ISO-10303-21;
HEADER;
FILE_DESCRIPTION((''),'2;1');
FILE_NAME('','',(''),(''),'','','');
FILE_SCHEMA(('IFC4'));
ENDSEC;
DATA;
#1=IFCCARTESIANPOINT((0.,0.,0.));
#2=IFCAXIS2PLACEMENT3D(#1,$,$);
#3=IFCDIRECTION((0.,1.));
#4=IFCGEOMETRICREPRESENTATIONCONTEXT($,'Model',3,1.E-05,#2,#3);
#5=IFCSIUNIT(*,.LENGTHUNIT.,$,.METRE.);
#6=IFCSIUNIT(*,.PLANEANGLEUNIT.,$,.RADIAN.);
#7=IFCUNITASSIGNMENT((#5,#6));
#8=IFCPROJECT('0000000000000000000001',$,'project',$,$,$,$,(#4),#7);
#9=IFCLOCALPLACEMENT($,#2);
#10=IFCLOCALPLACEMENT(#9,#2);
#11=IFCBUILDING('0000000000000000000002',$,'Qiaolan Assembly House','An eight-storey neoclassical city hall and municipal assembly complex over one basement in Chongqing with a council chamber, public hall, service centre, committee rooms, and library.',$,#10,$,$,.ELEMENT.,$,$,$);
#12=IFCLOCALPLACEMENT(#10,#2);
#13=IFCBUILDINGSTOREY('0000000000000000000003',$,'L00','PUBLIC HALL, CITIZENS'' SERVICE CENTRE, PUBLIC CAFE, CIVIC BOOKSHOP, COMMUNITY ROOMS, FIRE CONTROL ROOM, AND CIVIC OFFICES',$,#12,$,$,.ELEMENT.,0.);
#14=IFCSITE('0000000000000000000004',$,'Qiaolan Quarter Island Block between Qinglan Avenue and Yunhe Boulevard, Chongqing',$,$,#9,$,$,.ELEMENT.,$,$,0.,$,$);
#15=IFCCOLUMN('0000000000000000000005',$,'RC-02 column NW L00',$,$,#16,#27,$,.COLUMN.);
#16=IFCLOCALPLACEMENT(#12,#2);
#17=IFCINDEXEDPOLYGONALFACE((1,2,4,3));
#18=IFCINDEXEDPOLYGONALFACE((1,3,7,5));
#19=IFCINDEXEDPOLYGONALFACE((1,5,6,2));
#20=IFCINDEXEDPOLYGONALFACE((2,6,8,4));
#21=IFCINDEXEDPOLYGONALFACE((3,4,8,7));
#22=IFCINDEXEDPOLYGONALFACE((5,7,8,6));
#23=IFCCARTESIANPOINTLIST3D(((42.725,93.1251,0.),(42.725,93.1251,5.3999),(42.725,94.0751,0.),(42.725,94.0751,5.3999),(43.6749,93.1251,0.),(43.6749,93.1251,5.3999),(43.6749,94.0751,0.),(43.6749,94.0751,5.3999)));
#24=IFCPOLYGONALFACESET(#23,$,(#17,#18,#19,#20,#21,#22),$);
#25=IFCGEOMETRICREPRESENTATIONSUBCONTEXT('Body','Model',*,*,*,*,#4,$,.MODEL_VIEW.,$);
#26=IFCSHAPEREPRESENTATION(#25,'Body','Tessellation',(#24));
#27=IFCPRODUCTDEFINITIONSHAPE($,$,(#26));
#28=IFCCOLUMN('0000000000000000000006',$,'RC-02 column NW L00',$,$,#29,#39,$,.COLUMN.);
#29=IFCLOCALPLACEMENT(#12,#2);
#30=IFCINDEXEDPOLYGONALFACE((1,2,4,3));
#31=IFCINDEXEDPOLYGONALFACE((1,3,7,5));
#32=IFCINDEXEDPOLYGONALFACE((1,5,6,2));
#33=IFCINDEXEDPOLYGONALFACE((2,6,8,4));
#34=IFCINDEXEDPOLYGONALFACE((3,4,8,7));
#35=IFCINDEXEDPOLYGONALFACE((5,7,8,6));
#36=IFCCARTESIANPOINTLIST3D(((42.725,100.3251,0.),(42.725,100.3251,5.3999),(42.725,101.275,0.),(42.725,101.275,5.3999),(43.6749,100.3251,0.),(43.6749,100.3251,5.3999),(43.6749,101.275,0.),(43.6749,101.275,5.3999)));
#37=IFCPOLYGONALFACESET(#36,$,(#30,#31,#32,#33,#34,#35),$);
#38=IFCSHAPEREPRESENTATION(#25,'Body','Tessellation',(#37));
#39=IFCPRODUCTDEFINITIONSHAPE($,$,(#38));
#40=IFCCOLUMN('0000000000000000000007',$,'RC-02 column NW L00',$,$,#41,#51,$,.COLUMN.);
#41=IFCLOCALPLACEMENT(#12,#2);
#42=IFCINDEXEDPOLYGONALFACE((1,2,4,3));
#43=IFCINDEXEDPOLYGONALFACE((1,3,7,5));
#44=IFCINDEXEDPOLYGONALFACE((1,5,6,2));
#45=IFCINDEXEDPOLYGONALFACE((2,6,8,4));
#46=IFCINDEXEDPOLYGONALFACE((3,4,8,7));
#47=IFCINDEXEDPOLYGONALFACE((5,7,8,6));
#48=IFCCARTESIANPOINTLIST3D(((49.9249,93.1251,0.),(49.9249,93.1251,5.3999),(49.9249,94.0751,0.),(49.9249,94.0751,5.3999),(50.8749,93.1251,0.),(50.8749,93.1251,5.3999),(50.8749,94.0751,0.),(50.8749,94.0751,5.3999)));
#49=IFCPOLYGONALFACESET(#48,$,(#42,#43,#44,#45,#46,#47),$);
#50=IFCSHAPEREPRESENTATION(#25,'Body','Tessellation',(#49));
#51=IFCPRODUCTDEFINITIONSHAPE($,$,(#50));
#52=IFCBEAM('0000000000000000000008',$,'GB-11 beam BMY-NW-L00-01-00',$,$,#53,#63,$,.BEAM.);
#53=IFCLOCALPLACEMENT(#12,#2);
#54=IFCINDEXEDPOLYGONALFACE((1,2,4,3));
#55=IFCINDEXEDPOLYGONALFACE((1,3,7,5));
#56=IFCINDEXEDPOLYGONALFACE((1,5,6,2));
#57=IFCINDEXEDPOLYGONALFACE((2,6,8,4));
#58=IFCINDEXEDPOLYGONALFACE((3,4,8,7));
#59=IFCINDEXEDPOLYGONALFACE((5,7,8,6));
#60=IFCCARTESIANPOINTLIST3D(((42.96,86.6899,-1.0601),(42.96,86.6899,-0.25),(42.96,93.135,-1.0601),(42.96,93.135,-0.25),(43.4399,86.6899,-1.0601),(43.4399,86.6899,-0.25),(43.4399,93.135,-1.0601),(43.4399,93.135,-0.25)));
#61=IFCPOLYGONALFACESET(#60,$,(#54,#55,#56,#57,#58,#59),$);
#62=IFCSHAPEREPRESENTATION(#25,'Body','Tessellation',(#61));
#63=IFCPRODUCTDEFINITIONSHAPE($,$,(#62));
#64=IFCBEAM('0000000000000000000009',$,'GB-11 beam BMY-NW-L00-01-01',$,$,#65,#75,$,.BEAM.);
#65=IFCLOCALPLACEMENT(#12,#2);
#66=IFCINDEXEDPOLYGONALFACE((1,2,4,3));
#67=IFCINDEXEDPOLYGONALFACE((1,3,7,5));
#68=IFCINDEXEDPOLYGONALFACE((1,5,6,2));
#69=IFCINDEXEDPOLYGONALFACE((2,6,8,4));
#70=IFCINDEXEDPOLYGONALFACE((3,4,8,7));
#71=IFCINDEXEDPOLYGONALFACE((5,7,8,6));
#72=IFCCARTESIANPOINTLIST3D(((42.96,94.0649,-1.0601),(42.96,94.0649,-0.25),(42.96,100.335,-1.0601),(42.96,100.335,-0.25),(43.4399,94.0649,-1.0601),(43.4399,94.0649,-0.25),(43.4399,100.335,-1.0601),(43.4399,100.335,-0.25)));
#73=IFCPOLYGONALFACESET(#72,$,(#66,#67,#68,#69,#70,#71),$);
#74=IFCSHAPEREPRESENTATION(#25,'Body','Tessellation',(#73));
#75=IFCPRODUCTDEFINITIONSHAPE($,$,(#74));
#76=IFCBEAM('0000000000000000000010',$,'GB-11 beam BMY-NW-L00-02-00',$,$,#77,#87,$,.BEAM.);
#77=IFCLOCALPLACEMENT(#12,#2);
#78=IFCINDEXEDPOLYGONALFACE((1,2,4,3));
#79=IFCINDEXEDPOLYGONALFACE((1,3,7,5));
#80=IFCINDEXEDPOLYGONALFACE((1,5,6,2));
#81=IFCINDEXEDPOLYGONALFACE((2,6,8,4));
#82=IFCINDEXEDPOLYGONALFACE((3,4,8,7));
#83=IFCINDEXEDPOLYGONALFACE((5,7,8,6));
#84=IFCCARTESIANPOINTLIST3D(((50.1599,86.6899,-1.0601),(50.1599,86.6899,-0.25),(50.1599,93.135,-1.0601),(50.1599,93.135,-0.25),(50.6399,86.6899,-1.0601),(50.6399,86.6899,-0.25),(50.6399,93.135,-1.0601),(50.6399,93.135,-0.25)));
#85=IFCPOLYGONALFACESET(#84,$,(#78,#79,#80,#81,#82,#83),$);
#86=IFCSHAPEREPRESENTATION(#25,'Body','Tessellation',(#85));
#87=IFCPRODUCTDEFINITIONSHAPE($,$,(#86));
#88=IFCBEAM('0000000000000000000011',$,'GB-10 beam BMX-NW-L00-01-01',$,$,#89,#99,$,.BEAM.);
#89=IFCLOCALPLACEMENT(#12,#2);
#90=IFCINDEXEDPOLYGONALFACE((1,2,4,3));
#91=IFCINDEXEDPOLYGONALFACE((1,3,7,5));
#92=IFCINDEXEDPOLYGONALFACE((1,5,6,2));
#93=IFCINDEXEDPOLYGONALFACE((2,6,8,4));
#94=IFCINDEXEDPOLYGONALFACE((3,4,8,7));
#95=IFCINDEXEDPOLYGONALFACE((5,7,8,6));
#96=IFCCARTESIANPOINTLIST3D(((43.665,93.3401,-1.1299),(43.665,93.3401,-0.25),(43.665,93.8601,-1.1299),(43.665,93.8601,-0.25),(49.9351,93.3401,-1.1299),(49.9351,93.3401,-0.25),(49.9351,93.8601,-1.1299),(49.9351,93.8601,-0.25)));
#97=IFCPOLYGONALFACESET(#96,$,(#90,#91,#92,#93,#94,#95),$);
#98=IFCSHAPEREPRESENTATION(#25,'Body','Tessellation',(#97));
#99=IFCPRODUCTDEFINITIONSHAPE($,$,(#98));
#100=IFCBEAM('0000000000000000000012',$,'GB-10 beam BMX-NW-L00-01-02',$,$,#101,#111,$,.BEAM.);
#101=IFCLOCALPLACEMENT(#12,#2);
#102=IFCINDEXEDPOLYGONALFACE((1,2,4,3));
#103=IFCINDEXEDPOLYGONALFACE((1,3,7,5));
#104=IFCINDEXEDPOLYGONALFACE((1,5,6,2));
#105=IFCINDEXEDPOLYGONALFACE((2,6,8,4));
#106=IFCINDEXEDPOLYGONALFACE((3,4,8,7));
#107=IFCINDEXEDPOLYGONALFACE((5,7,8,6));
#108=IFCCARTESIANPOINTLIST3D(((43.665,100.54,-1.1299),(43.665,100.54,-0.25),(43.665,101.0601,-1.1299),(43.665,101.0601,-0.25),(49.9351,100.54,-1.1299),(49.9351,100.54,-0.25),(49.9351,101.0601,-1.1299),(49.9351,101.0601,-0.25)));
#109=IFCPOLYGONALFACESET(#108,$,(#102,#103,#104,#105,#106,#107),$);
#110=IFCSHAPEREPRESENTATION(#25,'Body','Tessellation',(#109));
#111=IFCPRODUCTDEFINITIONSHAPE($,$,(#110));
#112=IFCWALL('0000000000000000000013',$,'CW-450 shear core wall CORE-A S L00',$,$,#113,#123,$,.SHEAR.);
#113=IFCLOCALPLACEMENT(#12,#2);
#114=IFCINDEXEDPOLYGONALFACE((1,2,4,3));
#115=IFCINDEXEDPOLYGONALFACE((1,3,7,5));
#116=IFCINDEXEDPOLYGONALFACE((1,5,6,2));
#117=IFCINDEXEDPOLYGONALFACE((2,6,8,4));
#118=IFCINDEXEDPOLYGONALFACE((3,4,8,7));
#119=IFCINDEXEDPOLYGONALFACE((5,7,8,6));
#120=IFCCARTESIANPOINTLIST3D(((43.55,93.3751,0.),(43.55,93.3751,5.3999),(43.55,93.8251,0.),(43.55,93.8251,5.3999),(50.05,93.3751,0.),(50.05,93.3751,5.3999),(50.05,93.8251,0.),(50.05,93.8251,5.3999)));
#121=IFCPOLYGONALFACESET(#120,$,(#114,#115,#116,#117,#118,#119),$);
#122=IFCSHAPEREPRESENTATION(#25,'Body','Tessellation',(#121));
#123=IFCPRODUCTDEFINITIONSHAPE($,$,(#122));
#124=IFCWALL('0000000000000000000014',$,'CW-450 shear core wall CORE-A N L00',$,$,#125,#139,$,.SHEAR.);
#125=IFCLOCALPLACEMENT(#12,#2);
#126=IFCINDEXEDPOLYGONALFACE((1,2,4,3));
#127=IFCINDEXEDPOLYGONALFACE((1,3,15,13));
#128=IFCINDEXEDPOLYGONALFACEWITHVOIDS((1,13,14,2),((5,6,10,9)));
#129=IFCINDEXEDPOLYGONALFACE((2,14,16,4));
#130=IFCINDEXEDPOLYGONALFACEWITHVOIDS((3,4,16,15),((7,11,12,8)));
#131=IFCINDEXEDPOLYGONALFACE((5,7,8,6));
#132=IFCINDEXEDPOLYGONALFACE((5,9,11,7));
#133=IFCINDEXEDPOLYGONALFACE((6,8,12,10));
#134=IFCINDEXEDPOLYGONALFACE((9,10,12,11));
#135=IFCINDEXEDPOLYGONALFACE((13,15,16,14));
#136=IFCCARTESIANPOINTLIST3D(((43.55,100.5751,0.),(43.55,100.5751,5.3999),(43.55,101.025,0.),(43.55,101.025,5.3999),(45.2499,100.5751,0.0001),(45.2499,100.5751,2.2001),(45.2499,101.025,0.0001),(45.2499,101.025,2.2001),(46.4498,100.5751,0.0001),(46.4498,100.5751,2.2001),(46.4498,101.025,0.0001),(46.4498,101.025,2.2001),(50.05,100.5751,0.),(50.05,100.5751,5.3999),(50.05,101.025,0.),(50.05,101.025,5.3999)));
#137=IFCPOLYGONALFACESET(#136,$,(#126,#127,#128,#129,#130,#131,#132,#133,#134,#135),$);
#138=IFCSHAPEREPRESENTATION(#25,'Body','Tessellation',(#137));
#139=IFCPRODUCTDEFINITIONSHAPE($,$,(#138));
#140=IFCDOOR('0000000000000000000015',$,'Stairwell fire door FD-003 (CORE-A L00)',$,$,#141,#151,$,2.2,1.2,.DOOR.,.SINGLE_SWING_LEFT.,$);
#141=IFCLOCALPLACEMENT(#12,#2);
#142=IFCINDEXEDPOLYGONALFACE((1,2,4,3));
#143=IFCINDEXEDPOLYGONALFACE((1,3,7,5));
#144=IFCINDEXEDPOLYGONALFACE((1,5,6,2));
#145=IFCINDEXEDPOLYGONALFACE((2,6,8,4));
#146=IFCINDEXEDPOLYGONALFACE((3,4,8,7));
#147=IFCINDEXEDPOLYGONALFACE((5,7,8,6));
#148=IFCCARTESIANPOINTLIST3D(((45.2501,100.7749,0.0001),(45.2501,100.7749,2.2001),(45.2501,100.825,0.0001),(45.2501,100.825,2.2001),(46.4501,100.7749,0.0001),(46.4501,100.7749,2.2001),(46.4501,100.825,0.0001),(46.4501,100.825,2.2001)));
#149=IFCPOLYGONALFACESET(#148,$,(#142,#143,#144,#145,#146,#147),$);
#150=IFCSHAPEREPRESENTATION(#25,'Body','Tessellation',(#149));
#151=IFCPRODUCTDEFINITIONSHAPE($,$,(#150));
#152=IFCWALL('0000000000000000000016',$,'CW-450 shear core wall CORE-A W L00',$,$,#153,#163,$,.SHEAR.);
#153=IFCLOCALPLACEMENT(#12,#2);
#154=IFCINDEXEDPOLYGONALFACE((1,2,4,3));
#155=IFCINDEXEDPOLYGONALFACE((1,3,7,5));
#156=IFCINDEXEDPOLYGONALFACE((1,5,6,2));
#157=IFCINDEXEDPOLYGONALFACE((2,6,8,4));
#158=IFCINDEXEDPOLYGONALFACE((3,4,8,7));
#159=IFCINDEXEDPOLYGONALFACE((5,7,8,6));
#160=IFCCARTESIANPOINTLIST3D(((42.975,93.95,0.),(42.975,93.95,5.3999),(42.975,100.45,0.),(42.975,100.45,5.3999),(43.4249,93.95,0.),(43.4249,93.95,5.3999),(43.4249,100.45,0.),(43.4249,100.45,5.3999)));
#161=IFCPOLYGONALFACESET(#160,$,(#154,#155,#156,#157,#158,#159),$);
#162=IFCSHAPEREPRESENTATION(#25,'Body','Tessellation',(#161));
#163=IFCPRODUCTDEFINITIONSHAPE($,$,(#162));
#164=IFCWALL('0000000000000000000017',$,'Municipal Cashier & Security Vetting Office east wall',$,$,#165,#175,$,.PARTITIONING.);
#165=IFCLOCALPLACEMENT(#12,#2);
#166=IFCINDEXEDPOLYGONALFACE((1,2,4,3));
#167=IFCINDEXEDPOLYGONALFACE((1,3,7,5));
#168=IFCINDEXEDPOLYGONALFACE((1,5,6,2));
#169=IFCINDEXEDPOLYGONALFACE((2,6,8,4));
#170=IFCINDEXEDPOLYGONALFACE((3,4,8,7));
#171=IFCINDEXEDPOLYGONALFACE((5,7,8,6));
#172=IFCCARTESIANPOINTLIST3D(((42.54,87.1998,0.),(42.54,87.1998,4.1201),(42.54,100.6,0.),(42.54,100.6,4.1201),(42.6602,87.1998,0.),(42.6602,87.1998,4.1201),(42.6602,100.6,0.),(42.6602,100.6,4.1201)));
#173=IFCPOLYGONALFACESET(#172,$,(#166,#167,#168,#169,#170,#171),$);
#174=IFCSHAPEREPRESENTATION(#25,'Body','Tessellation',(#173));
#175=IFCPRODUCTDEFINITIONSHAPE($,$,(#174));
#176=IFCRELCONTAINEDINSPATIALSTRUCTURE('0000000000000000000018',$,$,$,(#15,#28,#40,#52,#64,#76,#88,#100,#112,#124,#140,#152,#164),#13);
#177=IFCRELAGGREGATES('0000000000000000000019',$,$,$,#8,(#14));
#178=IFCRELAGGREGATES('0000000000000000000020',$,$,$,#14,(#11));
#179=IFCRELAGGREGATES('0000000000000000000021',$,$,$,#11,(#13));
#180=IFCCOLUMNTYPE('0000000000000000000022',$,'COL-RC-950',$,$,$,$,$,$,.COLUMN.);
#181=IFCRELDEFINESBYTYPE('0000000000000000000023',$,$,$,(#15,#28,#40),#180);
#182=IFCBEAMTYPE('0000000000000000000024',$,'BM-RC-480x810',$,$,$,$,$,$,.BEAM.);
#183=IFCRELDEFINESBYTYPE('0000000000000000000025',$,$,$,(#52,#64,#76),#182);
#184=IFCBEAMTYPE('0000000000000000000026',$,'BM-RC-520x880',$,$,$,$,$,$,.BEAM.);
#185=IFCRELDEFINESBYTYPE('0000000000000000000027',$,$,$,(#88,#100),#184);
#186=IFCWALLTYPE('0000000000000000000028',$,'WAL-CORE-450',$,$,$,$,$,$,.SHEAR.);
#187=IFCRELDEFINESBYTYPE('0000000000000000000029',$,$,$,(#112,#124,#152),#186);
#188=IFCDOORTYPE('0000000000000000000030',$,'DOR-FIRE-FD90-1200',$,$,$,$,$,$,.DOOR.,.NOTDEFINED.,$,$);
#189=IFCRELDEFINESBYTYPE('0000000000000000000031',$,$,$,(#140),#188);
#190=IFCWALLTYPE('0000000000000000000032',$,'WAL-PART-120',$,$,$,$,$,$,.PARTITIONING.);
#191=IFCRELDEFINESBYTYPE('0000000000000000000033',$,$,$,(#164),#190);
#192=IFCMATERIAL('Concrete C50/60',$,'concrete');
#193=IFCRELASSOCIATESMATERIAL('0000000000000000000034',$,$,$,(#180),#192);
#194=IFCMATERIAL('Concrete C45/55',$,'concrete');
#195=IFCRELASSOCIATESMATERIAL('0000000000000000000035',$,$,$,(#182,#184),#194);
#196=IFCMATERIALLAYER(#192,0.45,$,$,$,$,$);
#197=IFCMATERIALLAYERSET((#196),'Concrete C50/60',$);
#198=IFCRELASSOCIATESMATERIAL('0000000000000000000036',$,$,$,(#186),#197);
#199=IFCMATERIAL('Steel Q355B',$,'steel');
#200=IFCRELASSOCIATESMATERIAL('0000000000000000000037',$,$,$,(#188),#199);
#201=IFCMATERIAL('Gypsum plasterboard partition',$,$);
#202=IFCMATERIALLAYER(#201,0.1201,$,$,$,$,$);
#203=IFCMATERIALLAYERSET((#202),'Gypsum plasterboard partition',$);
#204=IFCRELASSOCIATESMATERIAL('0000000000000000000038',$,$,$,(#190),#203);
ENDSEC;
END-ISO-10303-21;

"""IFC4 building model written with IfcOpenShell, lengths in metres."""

from ifc_helpers import new_model, si_unit, direction, frame, frame_2d, origin, origin_2d, place, context, subcontext, project, spatial, rectangle, extrude, material, layer, layer_set, material_profile, profile_set, type_object, element, fill, save


model = new_model("IFC4")

# Units and contexts
model_context = context("Model", 3, precision=1e-05, world=origin(), true_north=direction((0.0, 1.0)))
body_context = subcontext(model_context, "Body", "Model", "MODEL_VIEW")
ifc_project = project(units=[si_unit("LENGTHUNIT", "METRE"), si_unit("PLANEANGLEUNIT", "RADIAN")], contexts=[model_context])

# Site, building, storey
site_placement = place(None, origin())
site = spatial("IfcSite", under=ifc_project, at=site_placement, Name="Qiaolan Quarter Island Block between Qinglan Avenue and Yunhe Boulevard, Chongqing", CompositionType="ELEMENT", RefElevation=0.0)
building_placement = place(site_placement, origin())
building = spatial("IfcBuilding", under=site, at=building_placement, Name="Qiaolan Assembly House", Description="An eight-storey neoclassical city hall and municipal assembly complex over one basement in Chongqing with a council chamber, public hall, service centre, committee rooms, and library.", CompositionType="ELEMENT")
storey_placement = place(building_placement, origin())
storey = spatial("IfcBuildingStorey", under=building, at=storey_placement, Name="L00", Description="PUBLIC HALL, CITIZENS' SERVICE CENTRE, PUBLIC CAFE, CIVIC BOOKSHOP, COMMUNITY ROOMS, FIRE CONTROL ROOM, AND CIVIC OFFICES", CompositionType="ELEMENT", Elevation=0.0)

# Columns
ifc_material_1 = material(Name="Concrete C50/60", Category="concrete")
ifc_material_profile_1 = material_profile(ifc_material_1, rectangle(XDim=0.95, YDim=0.95, at=origin_2d()), Name="RC 950x950")
ifc_profile_set_1 = profile_set([ifc_material_profile_1], Name="Concrete C50/60")
column_type = type_object("IfcColumnType", Name="COL-RC-950", PredefinedType="COLUMN", material=ifc_profile_set_1)
for number, where, z_axis, x_axis, name in (
    (1, (43.2, 93.6001, 0.0), (0.0, 0.0, 1.0), (1.0, 0.0, 0.0), "RC-02 column NW L00"),
    (2, (43.2, 100.8, 0.0), (0.0, 0.0, 1.0), (1.0, 0.0, 0.0), "RC-02 column NW L00"),
    (3, (50.3999, 93.6001, 0.0), (0.0, 0.0, 1.0), (1.0, 0.0, 0.0), "RC-02 column NW L00"),
):
    element("IfcColumn", number, at=place(storey_placement, frame(where, z_axis=z_axis, x_axis=x_axis)), inside=storey, type_object=column_type, Name=name, PredefinedType="COLUMN", context=body_context, shape_type="SweptSolid", body=[
        extrude(rectangle(XDim=0.95, YDim=0.95, at=origin_2d()), origin(), (0.0, 0.0, 1.0), 5.3999),
    ])

# Beams
ifc_material_2 = material(Name="Concrete C45/55", Category="concrete")
ifc_material_profile_2 = material_profile(ifc_material_2, rectangle(XDim=0.48, YDim=0.8101, at=origin_2d()), Name="RCB 480x810")
ifc_profile_set_2 = profile_set([ifc_material_profile_2], Name="Concrete C45/55")
beam_type_1 = type_object("IfcBeamType", Name="BM-RC-480x810", PredefinedType="BEAM", material=ifc_profile_set_2)
beam_1_placement = place(storey_placement, frame((43.2, 86.6899, -0.655), z_axis=(0.0, 1.0, 0.0), x_axis=(-1.0, 0.0, 0.0)))
element("IfcBeam", 4, at=beam_1_placement, inside=storey, type_object=beam_type_1, Name="GB-11 beam BMY-NW-L00-01-00", PredefinedType="BEAM", context=body_context, shape_type="SweptSolid", body=[
    extrude(rectangle(XDim=0.48, YDim=0.8101, at=origin_2d()), origin(), (0.0, 0.0, 1.0), 6.4451),
])
beam_2_placement = place(storey_placement, frame((43.2, 94.0649, -0.655), z_axis=(0.0, 1.0, 0.0), x_axis=(-1.0, 0.0, 0.0)))
element("IfcBeam", 5, at=beam_2_placement, inside=storey, type_object=beam_type_1, Name="GB-11 beam BMY-NW-L00-01-01", PredefinedType="BEAM", context=body_context, shape_type="SweptSolid", body=[
    extrude(rectangle(XDim=0.48, YDim=0.8101, at=origin_2d()), origin(), (0.0, 0.0, 1.0), 6.27),
])
beam_3_placement = place(storey_placement, frame((50.3999, 86.6899, -0.655), z_axis=(0.0, 1.0, 0.0), x_axis=(-1.0, 0.0, 0.0)))
element("IfcBeam", 6, at=beam_3_placement, inside=storey, type_object=beam_type_1, Name="GB-11 beam BMY-NW-L00-02-00", PredefinedType="BEAM", context=body_context, shape_type="SweptSolid", body=[
    extrude(rectangle(XDim=0.48, YDim=0.8101, at=origin_2d()), origin(), (0.0, 0.0, 1.0), 6.4451),
])
ifc_material_profile_3 = material_profile(ifc_material_2, rectangle(XDim=0.52, YDim=0.8799, at=origin_2d()), Name="RCB 520x880")
ifc_profile_set_3 = profile_set([ifc_material_profile_3], Name="Concrete C45/55")
beam_type_2 = type_object("IfcBeamType", Name="BM-RC-520x880", PredefinedType="BEAM", material=ifc_profile_set_3)
for number, where, z_axis, x_axis, name in (
    (7, (43.665, 93.6001, -0.6899), (1.0, 0.0, 0.0), (0.0, 1.0, 0.0), "GB-10 beam BMX-NW-L00-01-01"),
    (8, (43.665, 100.8, -0.6899), (1.0, 0.0, 0.0), (0.0, 1.0, 0.0), "GB-10 beam BMX-NW-L00-01-02"),
):
    element("IfcBeam", number, at=place(storey_placement, frame(where, z_axis=z_axis, x_axis=x_axis)), inside=storey, type_object=beam_type_2, Name=name, PredefinedType="BEAM", context=body_context, shape_type="SweptSolid", body=[
        extrude(rectangle(XDim=0.52, YDim=0.8799, at=origin_2d()), origin(), (0.0, 0.0, 1.0), 6.27),
    ])

# Wall
ifc_layer_1 = layer(ifc_material_1, 0.45)
ifc_layer_set_1 = layer_set([ifc_layer_1], Name="Concrete C50/60")
wall_type_1 = type_object("IfcWallType", Name="WAL-CORE-450", PredefinedType="SHEAR", material=ifc_layer_set_1)
wall_1_placement = place(storey_placement, frame((43.55, 93.6001, 0.0), z_axis=(0.0, 0.0, 1.0), x_axis=(1.0, 0.0, 0.0)))
element("IfcWall", 9, at=wall_1_placement, inside=storey, type_object=wall_type_1, Name="CW-450 shear core wall CORE-A S L00", PredefinedType="SHEAR", context=body_context, shape_type="SweptSolid", body=[
    extrude(rectangle(XDim=6.5, YDim=0.45, at=frame_2d((3.25, 0.0))), origin(), (0.0, 0.0, 1.0), 5.3999),
])

# Wall, opening, door
wall_2_placement = place(storey_placement, frame((50.05, 100.8, 0.0), z_axis=(0.0, 0.0, 1.0), x_axis=(-1.0, 0.0, 0.0)))
wall_2 = element("IfcWall", 10, at=wall_2_placement, inside=storey, type_object=wall_type_1, Name="CW-450 shear core wall CORE-A N L00", PredefinedType="SHEAR", context=body_context, shape_type="SweptSolid", body=[
    extrude(rectangle(XDim=6.5, YDim=0.45, at=frame_2d((3.25, 0.0))), origin(), (0.0, 0.0, 1.0), 5.3999),
])
opening_1_placement = place(wall_2_placement, frame((3.6001, 0.0, 0.0)))
opening_1 = element("IfcOpeningElement", 11, at=opening_1_placement, cuts=wall_2, PredefinedType="OPENING", context=body_context, shape_type="SweptSolid", body=[
    extrude(rectangle(XDim=1.2, YDim=2.2, at=frame_2d((0.6001, 1.1001))), frame((0.0, 0.2349, 0.0), z_axis=(0.0, -1.0, 0.0), x_axis=(1.0, 0.0, 0.0)), (0.0, 0.0, 1.0), 0.47),
])
ifc_material_3 = material(Name="Steel Q355B", Category="steel")
door_type_1 = type_object("IfcDoorType", Name="DOR-FIRE-FD90-1200", OperationType="NOTDEFINED", PredefinedType="DOOR", material=ifc_material_3)
door_1_placement = place(opening_1_placement, frame((1.2, 0.0, 0.0), z_axis=(0.0, 0.0, 1.0), x_axis=(-1.0, 0.0, 0.0)))
door_1 = element("IfcDoor", 12, at=door_1_placement, inside=storey, type_object=door_type_1, Name="Stairwell fire door FD-003 (CORE-A L00)", OperationType="SINGLE_SWING_LEFT", OverallHeight=2.2, OverallWidth=1.2, PredefinedType="DOOR", context=body_context, shape_type="SweptSolid", body=[
    extrude(rectangle(XDim=1.2, YDim=2.2, at=frame_2d((0.6001, 1.1001))), frame((0.0, 0.0249, 0.0), z_axis=(0.0, -1.0, 0.0), x_axis=(1.0, 0.0, 0.0)), (0.0, 0.0, 1.0), 0.05),
])
fill(opening_1, door_1)

# Walls
wall_3_placement = place(storey_placement, frame((43.2, 100.45, 0.0), z_axis=(0.0, 0.0, 1.0), x_axis=(0.0, -1.0, 0.0)))
element("IfcWall", 13, at=wall_3_placement, inside=storey, type_object=wall_type_1, Name="CW-450 shear core wall CORE-A W L00", PredefinedType="SHEAR", context=body_context, shape_type="SweptSolid", body=[
    extrude(rectangle(XDim=6.5, YDim=0.45, at=frame_2d((3.25, 0.0))), origin(), (0.0, 0.0, 1.0), 5.3999),
])
ifc_material_4 = material(Name="Gypsum plasterboard partition")
ifc_layer_2 = layer(ifc_material_4, 0.1201)
ifc_layer_set_2 = layer_set([ifc_layer_2], Name="Gypsum plasterboard partition")
wall_type_2 = type_object("IfcWallType", Name="WAL-PART-120", PredefinedType="PARTITIONING", material=ifc_layer_set_2)
wall_4_placement = place(storey_placement, frame((42.6001, 100.6001, 0.0), z_axis=(0.0, 0.0, 1.0), x_axis=(0.0, -1.0, 0.0)))
element("IfcWall", 14, at=wall_4_placement, inside=storey, type_object=wall_type_2, Name="Municipal Cashier & Security Vetting Office east wall", PredefinedType="PARTITIONING", context=body_context, shape_type="SweptSolid", body=[
    extrude(rectangle(XDim=13.4001, YDim=0.1201, at=frame_2d((6.7002, 0.0))), origin(), (0.0, 0.0, 1.0), 4.1201),
])

save(model, "model.ifc")
